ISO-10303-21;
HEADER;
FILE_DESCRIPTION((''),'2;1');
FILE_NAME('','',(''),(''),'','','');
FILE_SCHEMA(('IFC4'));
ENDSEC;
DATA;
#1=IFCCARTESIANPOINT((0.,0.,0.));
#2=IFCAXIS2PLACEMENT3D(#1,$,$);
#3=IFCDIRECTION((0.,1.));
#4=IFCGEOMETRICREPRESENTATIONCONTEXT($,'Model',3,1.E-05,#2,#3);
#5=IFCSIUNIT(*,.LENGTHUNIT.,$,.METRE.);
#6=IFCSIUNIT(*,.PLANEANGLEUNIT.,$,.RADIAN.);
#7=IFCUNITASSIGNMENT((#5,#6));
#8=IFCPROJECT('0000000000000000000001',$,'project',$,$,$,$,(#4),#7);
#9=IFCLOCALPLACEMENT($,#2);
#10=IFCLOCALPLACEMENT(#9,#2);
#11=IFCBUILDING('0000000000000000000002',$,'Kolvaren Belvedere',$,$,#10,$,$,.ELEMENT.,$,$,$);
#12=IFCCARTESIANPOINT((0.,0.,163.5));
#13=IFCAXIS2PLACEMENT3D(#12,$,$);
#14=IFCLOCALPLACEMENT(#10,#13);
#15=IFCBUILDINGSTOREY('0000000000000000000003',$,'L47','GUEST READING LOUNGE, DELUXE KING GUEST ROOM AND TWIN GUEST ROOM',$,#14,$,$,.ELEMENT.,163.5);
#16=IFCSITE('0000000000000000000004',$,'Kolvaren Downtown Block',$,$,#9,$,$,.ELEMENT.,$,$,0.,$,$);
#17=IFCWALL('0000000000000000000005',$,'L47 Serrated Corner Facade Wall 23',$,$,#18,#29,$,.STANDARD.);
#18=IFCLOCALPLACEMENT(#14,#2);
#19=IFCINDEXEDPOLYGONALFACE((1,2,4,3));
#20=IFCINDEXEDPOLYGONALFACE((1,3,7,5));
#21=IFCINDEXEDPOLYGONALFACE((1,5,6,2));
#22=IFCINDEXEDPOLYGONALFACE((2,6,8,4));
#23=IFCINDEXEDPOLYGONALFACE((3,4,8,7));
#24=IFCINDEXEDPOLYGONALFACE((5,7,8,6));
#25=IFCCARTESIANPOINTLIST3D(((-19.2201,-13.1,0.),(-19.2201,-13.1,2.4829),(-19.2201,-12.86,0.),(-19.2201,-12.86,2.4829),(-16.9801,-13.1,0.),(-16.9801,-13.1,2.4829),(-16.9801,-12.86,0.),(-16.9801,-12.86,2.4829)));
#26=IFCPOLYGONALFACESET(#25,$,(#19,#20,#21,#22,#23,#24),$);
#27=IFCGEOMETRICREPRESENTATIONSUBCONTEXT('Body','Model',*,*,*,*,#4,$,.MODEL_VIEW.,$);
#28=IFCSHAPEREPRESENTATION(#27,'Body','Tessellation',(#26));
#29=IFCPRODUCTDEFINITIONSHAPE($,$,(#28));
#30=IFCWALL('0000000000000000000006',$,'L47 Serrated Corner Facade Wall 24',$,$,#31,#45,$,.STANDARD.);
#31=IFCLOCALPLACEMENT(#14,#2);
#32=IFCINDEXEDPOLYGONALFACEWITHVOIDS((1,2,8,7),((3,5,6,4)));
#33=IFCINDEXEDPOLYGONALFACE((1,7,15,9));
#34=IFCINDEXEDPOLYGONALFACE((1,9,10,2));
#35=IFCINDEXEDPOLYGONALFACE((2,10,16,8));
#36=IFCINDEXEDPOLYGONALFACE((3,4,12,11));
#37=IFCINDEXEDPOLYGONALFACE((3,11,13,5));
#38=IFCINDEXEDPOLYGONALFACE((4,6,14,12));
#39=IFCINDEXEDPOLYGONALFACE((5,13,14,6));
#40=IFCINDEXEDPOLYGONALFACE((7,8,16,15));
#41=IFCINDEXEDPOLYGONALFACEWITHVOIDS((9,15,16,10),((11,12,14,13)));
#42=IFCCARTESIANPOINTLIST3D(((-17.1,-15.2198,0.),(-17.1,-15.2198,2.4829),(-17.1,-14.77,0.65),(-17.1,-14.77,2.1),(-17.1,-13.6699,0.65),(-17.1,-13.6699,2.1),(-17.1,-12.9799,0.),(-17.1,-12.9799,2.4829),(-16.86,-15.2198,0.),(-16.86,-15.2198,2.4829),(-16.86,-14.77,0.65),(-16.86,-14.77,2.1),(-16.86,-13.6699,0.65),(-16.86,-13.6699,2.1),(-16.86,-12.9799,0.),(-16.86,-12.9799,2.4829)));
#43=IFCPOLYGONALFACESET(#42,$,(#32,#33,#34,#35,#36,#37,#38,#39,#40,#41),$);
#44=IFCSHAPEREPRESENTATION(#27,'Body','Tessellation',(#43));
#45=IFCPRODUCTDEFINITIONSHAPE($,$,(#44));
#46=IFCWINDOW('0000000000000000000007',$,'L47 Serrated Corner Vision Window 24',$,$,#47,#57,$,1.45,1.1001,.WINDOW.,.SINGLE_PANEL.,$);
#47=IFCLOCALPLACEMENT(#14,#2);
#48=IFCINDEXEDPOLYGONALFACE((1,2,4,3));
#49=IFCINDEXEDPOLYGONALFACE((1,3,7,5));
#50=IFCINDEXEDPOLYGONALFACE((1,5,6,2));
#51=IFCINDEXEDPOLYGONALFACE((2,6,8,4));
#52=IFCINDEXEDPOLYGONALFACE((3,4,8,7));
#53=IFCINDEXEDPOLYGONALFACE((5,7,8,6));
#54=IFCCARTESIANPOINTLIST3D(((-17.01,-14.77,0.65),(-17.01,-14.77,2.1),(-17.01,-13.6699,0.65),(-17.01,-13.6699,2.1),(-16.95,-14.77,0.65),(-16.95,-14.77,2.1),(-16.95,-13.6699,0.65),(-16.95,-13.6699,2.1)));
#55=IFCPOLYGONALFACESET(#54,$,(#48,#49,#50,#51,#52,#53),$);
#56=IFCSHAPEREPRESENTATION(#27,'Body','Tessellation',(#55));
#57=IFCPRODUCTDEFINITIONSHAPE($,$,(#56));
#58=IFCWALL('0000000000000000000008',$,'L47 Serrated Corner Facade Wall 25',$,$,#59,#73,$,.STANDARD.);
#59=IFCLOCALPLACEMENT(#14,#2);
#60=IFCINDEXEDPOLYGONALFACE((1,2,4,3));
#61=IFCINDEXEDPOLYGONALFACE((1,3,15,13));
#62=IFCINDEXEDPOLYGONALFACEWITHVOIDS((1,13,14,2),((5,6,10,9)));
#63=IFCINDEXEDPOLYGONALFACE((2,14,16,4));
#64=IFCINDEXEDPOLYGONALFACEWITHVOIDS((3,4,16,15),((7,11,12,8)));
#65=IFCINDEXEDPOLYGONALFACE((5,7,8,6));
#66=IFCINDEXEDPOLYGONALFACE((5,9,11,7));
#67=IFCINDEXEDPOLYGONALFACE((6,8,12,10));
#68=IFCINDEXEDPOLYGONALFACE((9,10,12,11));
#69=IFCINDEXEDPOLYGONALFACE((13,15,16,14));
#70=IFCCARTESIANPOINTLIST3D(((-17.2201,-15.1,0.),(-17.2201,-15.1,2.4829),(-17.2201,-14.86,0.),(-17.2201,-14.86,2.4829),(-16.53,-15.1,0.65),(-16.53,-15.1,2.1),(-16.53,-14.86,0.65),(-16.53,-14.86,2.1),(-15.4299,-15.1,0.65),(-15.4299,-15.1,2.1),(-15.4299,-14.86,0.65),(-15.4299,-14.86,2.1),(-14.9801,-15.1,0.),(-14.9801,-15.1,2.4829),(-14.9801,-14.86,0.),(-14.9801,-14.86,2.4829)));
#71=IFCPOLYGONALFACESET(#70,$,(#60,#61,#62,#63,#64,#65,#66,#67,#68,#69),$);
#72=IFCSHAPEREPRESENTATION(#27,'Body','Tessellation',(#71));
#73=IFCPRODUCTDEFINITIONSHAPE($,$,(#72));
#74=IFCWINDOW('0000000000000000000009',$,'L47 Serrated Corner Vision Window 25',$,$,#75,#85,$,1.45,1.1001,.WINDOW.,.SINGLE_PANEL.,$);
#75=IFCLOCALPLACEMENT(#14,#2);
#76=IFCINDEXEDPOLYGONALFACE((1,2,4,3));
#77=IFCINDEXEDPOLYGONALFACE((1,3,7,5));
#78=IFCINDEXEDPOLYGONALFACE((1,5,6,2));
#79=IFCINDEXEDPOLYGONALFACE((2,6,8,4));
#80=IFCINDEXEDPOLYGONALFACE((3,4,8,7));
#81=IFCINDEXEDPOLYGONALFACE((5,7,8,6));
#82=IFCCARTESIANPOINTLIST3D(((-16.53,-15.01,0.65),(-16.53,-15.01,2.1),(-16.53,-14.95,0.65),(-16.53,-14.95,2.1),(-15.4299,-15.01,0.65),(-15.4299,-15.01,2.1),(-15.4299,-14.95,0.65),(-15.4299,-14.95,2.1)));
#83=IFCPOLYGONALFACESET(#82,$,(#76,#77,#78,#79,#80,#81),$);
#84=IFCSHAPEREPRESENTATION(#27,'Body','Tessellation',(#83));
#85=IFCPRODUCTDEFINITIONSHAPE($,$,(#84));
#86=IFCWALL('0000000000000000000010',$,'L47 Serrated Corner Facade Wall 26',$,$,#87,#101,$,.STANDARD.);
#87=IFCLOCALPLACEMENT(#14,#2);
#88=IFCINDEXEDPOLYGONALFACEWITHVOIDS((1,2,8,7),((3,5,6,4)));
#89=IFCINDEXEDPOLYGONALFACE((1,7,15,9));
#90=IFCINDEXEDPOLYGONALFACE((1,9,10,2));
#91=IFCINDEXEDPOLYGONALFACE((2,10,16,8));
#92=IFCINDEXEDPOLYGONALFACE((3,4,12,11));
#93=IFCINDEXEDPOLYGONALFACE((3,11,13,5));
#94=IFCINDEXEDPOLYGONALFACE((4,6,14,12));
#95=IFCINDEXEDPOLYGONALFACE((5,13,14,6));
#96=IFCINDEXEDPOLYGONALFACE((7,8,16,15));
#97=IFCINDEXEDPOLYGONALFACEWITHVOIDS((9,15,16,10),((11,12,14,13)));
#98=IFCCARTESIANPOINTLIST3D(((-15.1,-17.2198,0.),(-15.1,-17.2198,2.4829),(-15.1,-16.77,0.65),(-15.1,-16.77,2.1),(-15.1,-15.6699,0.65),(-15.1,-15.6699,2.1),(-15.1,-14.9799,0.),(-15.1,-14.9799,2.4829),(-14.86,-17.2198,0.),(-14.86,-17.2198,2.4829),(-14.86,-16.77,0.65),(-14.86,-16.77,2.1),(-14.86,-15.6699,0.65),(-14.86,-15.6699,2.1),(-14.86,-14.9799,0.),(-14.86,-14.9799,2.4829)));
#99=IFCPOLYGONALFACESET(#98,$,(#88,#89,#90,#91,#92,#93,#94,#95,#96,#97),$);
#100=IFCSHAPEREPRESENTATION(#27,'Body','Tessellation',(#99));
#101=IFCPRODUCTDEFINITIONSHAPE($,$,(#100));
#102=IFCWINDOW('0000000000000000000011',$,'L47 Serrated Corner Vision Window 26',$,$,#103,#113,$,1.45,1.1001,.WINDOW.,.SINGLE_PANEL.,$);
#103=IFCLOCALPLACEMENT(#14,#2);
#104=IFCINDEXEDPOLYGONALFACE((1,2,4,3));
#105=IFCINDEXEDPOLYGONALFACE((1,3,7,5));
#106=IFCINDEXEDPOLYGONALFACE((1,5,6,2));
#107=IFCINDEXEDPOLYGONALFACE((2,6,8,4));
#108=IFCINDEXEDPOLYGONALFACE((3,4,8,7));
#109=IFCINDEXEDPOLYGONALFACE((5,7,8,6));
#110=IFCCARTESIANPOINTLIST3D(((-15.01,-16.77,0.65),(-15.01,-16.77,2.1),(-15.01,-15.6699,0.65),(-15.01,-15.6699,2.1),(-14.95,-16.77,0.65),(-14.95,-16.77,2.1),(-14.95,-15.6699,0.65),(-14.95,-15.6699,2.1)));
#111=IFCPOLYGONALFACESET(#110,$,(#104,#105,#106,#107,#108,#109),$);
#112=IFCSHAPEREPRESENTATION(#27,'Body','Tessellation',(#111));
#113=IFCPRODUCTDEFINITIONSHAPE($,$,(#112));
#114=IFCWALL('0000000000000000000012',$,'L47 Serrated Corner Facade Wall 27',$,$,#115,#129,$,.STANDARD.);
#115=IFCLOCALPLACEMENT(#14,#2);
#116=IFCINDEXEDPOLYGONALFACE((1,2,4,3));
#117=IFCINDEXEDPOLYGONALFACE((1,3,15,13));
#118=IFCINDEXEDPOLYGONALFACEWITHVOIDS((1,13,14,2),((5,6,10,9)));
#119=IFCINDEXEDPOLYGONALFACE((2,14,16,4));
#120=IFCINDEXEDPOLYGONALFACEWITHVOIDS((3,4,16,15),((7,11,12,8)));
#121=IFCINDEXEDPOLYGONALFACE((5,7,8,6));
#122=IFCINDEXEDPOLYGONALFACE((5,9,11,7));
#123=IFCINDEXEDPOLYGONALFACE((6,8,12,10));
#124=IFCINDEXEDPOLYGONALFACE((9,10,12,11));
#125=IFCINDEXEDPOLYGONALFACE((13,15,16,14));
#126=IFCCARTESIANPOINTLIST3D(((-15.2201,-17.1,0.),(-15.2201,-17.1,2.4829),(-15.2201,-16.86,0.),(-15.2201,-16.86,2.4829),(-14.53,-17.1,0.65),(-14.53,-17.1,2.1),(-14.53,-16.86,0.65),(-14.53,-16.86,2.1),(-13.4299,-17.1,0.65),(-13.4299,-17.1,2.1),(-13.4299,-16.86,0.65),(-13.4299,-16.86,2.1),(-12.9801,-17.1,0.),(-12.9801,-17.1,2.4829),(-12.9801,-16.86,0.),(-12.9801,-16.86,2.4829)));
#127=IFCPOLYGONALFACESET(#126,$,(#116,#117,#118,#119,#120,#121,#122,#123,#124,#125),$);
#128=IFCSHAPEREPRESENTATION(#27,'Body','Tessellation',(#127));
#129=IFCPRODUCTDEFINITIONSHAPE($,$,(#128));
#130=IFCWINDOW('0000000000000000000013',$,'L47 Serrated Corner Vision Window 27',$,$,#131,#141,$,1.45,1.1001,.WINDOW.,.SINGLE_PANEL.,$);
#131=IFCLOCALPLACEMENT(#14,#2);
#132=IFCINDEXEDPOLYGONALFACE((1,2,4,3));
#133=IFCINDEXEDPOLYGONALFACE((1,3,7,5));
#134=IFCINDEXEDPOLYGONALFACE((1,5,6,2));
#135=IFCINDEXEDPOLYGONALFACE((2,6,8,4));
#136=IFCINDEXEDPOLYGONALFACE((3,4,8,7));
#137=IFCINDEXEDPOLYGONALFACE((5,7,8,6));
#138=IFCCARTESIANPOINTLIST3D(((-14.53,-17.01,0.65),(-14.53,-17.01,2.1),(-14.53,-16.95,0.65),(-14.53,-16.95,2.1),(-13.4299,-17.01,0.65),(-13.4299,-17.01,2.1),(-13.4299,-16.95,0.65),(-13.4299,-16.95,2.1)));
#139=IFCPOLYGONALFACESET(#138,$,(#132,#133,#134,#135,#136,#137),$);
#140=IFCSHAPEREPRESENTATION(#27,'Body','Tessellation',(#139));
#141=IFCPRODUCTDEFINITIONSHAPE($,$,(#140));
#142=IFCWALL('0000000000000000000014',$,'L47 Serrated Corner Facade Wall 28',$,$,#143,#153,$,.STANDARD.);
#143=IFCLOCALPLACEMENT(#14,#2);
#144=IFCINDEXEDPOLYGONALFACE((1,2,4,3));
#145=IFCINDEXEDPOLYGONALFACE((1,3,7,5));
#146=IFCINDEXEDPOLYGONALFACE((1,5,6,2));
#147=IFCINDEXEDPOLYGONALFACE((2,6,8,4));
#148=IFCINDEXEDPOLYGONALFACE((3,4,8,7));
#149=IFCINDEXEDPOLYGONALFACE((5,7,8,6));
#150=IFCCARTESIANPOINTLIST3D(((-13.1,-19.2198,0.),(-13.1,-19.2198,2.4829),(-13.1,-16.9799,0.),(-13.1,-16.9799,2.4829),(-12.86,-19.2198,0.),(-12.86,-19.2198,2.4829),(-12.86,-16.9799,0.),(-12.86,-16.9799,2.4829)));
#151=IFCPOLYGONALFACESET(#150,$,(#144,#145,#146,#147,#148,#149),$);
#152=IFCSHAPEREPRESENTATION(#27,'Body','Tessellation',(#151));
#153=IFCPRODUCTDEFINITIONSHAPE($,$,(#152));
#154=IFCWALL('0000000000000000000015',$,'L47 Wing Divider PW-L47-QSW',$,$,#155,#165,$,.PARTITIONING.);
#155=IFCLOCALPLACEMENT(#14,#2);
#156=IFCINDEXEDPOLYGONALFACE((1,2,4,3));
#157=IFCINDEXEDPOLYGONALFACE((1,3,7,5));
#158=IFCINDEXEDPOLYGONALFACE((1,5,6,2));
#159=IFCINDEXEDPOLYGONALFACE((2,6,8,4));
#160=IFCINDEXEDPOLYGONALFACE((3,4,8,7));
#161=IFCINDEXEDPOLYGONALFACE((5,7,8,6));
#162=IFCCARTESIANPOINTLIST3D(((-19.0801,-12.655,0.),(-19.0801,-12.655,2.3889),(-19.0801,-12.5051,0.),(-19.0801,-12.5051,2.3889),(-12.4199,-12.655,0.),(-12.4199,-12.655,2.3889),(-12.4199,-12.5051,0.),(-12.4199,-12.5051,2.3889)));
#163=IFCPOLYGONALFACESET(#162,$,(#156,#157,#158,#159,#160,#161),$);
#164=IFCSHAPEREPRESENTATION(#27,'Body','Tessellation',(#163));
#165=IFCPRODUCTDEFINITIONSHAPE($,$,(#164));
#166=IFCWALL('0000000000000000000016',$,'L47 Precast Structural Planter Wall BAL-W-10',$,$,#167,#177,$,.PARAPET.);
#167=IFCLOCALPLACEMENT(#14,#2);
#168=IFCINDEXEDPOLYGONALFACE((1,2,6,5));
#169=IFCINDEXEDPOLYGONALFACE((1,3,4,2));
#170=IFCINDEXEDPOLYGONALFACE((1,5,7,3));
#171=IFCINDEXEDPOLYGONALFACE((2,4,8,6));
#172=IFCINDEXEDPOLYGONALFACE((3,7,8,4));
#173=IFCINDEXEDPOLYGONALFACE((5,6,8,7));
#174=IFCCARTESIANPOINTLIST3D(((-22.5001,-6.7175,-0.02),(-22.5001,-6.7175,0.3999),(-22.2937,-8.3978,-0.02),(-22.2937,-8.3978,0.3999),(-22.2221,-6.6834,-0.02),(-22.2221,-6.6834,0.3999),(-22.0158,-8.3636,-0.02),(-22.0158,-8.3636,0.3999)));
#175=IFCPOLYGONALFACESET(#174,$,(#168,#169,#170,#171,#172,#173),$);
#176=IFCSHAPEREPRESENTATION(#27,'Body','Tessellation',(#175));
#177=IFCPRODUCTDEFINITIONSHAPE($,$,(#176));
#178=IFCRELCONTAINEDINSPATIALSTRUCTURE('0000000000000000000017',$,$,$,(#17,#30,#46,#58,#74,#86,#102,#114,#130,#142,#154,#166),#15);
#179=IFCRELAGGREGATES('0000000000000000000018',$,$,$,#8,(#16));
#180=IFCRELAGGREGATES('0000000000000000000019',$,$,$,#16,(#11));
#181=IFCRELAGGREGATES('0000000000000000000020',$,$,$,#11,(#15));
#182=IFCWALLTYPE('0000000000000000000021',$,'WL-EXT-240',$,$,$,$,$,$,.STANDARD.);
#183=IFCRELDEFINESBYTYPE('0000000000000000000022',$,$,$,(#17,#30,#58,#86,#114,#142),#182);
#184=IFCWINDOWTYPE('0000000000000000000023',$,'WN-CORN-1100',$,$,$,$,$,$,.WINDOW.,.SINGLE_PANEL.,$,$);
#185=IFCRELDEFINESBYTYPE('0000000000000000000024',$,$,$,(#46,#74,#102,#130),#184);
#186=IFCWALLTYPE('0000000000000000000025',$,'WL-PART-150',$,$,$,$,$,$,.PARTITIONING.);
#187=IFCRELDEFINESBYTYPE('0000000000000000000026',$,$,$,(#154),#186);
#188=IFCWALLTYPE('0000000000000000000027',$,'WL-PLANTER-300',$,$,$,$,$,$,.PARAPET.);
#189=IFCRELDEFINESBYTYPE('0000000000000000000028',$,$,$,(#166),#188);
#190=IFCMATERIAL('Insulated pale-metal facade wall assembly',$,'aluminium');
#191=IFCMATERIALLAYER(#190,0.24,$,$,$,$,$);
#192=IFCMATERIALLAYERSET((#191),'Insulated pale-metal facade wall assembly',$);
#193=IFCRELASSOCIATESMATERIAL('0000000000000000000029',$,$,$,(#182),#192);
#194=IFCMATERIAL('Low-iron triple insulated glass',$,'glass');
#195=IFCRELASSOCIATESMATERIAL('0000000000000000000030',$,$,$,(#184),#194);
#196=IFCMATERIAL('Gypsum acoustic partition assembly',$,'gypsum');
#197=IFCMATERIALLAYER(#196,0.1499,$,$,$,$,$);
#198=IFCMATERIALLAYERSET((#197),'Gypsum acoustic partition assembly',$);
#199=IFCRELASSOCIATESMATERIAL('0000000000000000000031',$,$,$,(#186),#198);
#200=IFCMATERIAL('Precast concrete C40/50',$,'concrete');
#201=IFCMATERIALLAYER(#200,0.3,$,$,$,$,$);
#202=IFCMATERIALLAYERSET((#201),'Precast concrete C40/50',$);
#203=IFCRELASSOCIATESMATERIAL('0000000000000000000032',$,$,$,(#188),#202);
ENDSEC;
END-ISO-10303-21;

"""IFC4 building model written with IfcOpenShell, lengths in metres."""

from ifc_helpers import new_model, si_unit, direction, frame, frame_2d, origin, place, context, subcontext, project, spatial, rectangle, extrude, material, layer, layer_set, type_object, element, fill, save


model = new_model("IFC4")

# Units and contexts
model_context = context("Model", 3, precision=1e-05, world=origin(), true_north=direction((0.0, 1.0)))
body_context = subcontext(model_context, "Body", "Model", "MODEL_VIEW")
ifc_project = project(units=[si_unit("LENGTHUNIT", "METRE"), si_unit("PLANEANGLEUNIT", "RADIAN")], contexts=[model_context])

# Site, building, storey
site_placement = place(None, origin())
site = spatial("IfcSite", under=ifc_project, at=site_placement, Name="Kolvaren Downtown Block", CompositionType="ELEMENT", RefElevation=0.0)
building_placement = place(site_placement, origin())
building = spatial("IfcBuilding", under=site, at=building_placement, Name="Kolvaren Belvedere", CompositionType="ELEMENT")
storey_placement = place(building_placement, frame((0.0, 0.0, 163.5)))
storey = spatial("IfcBuildingStorey", under=building, at=storey_placement, Name="L47", Description="GUEST READING LOUNGE, DELUXE KING GUEST ROOM AND TWIN GUEST ROOM", CompositionType="ELEMENT", Elevation=163.5)

# Wall
ifc_material_1 = material(Name="Insulated pale-metal facade wall assembly", Category="aluminium")
ifc_layer_1 = layer(ifc_material_1, 0.24)
ifc_layer_set_1 = layer_set([ifc_layer_1], Name="Insulated pale-metal facade wall assembly")
wall_type_1 = type_object("IfcWallType", Name="WL-EXT-240", PredefinedType="STANDARD", material=ifc_layer_set_1)
wall_1_placement = place(storey_placement, frame((-16.98, -12.98, 0.0), z_axis=(0.0, 0.0, 1.0), x_axis=(-1.0, 0.0, 0.0)))
element("IfcWall", 1, at=wall_1_placement, inside=storey, type_object=wall_type_1, Name="L47 Serrated Corner Facade Wall 23", PredefinedType="STANDARD", context=body_context, shape_type="SweptSolid", body=[
    extrude(rectangle(XDim=2.24, YDim=0.24, at=frame_2d((1.1201, 0.0))), origin(), (0.0, 0.0, 1.0), 2.4829),
])

# Walls, openings, windows
wall_2_placement = place(storey_placement, frame((-16.98, -15.22, 0.0), z_axis=(0.0, 0.0, 1.0), x_axis=(0.0, 1.0, 0.0)))
wall_2 = element("IfcWall", 2, at=wall_2_placement, inside=storey, type_object=wall_type_1, Name="L47 Serrated Corner Facade Wall 24", PredefinedType="STANDARD", context=body_context, shape_type="SweptSolid", body=[
    extrude(rectangle(XDim=2.24, YDim=0.24, at=frame_2d((1.1201, 0.0))), origin(), (0.0, 0.0, 1.0), 2.4829),
])
opening_1_placement = place(wall_2_placement, frame((0.45, 0.0, 0.6499)))
opening_1 = element("IfcOpeningElement", 3, at=opening_1_placement, cuts=wall_2, PredefinedType="OPENING", context=body_context, shape_type="SweptSolid", body=[
    extrude(rectangle(XDim=1.1001, YDim=1.45, at=frame_2d((0.55, 0.7251))), frame((0.0, 0.1299, 0.0), z_axis=(0.0, -1.0, 0.0), x_axis=(1.0, 0.0, 0.0)), (0.0, 0.0, 1.0), 0.26),
])
ifc_material_2 = material(Name="Low-iron triple insulated glass", Category="glass")
window_type = type_object("IfcWindowType", Name="WN-CORN-1100", PartitioningType="SINGLE_PANEL", PredefinedType="WINDOW", material=ifc_material_2)
window_1_placement = place(opening_1_placement, origin())
window_1 = element("IfcWindow", 4, at=window_1_placement, inside=storey, type_object=window_type, Name="L47 Serrated Corner Vision Window 24", OverallHeight=1.45, OverallWidth=1.1001, PartitioningType="SINGLE_PANEL", PredefinedType="WINDOW", context=body_context, shape_type="SweptSolid", body=[
    extrude(rectangle(XDim=1.1001, YDim=1.45, at=frame_2d((0.55, 0.7251))), frame((0.0, 0.03, 0.0), z_axis=(0.0, -1.0, 0.0), x_axis=(1.0, 0.0, 0.0)), (0.0, 0.0, 1.0), 0.0601),
])
fill(opening_1, window_1)
wall_3_placement = place(storey_placement, frame((-14.98, -14.98, 0.0), z_axis=(0.0, 0.0, 1.0), x_axis=(-1.0, 0.0, 0.0)))
wall_3 = element("IfcWall", 5, at=wall_3_placement, inside=storey, type_object=wall_type_1, Name="L47 Serrated Corner Facade Wall 25", PredefinedType="STANDARD", context=body_context, shape_type="SweptSolid", body=[
    extrude(rectangle(XDim=2.24, YDim=0.24, at=frame_2d((1.1201, 0.0))), origin(), (0.0, 0.0, 1.0), 2.4829),
])
opening_2_placement = place(wall_3_placement, frame((0.45, 0.0, 0.6499)))
opening_2 = element("IfcOpeningElement", 6, at=opening_2_placement, cuts=wall_3, PredefinedType="OPENING", context=body_context, shape_type="SweptSolid", body=[
    extrude(rectangle(XDim=1.1001, YDim=1.45, at=frame_2d((0.55, 0.7251))), frame((0.0, 0.1299, 0.0), z_axis=(0.0, -1.0, 0.0), x_axis=(1.0, 0.0, 0.0)), (0.0, 0.0, 1.0), 0.26),
])
window_2_placement = place(opening_2_placement, origin())
window_2 = element("IfcWindow", 7, at=window_2_placement, inside=storey, type_object=window_type, Name="L47 Serrated Corner Vision Window 25", OverallHeight=1.45, OverallWidth=1.1001, PartitioningType="SINGLE_PANEL", PredefinedType="WINDOW", context=body_context, shape_type="SweptSolid", body=[
    extrude(rectangle(XDim=1.1001, YDim=1.45, at=frame_2d((0.55, 0.7251))), frame((0.0, 0.03, 0.0), z_axis=(0.0, -1.0, 0.0), x_axis=(1.0, 0.0, 0.0)), (0.0, 0.0, 1.0), 0.0601),
])
fill(opening_2, window_2)
wall_4_placement = place(storey_placement, frame((-14.98, -17.22, 0.0), z_axis=(0.0, 0.0, 1.0), x_axis=(0.0, 1.0, 0.0)))
wall_4 = element("IfcWall", 8, at=wall_4_placement, inside=storey, type_object=wall_type_1, Name="L47 Serrated Corner Facade Wall 26", PredefinedType="STANDARD", context=body_context, shape_type="SweptSolid", body=[
    extrude(rectangle(XDim=2.24, YDim=0.24, at=frame_2d((1.1201, 0.0))), origin(), (0.0, 0.0, 1.0), 2.4829),
])
opening_3_placement = place(wall_4_placement, frame((0.45, 0.0, 0.6499)))
opening_3 = element("IfcOpeningElement", 9, at=opening_3_placement, cuts=wall_4, PredefinedType="OPENING", context=body_context, shape_type="SweptSolid", body=[
    extrude(rectangle(XDim=1.1001, YDim=1.45, at=frame_2d((0.55, 0.7251))), frame((0.0, 0.1299, 0.0), z_axis=(0.0, -1.0, 0.0), x_axis=(1.0, 0.0, 0.0)), (0.0, 0.0, 1.0), 0.26),
])
window_3_placement = place(opening_3_placement, origin())
window_3 = element("IfcWindow", 10, at=window_3_placement, inside=storey, type_object=window_type, Name="L47 Serrated Corner Vision Window 26", OverallHeight=1.45, OverallWidth=1.1001, PartitioningType="SINGLE_PANEL", PredefinedType="WINDOW", context=body_context, shape_type="SweptSolid", body=[
    extrude(rectangle(XDim=1.1001, YDim=1.45, at=frame_2d((0.55, 0.7251))), frame((0.0, 0.03, 0.0), z_axis=(0.0, -1.0, 0.0), x_axis=(1.0, 0.0, 0.0)), (0.0, 0.0, 1.0), 0.0601),
])
fill(opening_3, window_3)
wall_5_placement = place(storey_placement, frame((-12.98, -16.98, 0.0), z_axis=(0.0, 0.0, 1.0), x_axis=(-1.0, 0.0, 0.0)))
wall_5 = element("IfcWall", 11, at=wall_5_placement, inside=storey, type_object=wall_type_1, Name="L47 Serrated Corner Facade Wall 27", PredefinedType="STANDARD", context=body_context, shape_type="SweptSolid", body=[
    extrude(rectangle(XDim=2.24, YDim=0.24, at=frame_2d((1.1201, 0.0))), origin(), (0.0, 0.0, 1.0), 2.4829),
])
opening_4_placement = place(wall_5_placement, frame((0.45, 0.0, 0.6499)))
opening_4 = element("IfcOpeningElement", 12, at=opening_4_placement, cuts=wall_5, PredefinedType="OPENING", context=body_context, shape_type="SweptSolid", body=[
    extrude(rectangle(XDim=1.1001, YDim=1.45, at=frame_2d((0.55, 0.7251))), frame((0.0, 0.1299, 0.0), z_axis=(0.0, -1.0, 0.0), x_axis=(1.0, 0.0, 0.0)), (0.0, 0.0, 1.0), 0.26),
])
window_4_placement = place(opening_4_placement, origin())
window_4 = element("IfcWindow", 13, at=window_4_placement, inside=storey, type_object=window_type, Name="L47 Serrated Corner Vision Window 27", OverallHeight=1.45, OverallWidth=1.1001, PartitioningType="SINGLE_PANEL", PredefinedType="WINDOW", context=body_context, shape_type="SweptSolid", body=[
    extrude(rectangle(XDim=1.1001, YDim=1.45, at=frame_2d((0.55, 0.7251))), frame((0.0, 0.03, 0.0), z_axis=(0.0, -1.0, 0.0), x_axis=(1.0, 0.0, 0.0)), (0.0, 0.0, 1.0), 0.0601),
])
fill(opening_4, window_4)

# Walls
wall_6_placement = place(storey_placement, frame((-12.98, -19.22, 0.0), z_axis=(0.0, 0.0, 1.0), x_axis=(0.0, 1.0, 0.0)))
element("IfcWall", 14, at=wall_6_placement, inside=storey, type_object=wall_type_1, Name="L47 Serrated Corner Facade Wall 28", PredefinedType="STANDARD", context=body_context, shape_type="SweptSolid", body=[
    extrude(rectangle(XDim=2.24, YDim=0.24, at=frame_2d((1.1201, 0.0))), origin(), (0.0, 0.0, 1.0), 2.4829),
])
ifc_material_3 = material(Name="Gypsum acoustic partition assembly", Category="gypsum")
ifc_layer_2 = layer(ifc_material_3, 0.1499)
ifc_layer_set_2 = layer_set([ifc_layer_2], Name="Gypsum acoustic partition assembly")
wall_type_2 = type_object("IfcWallType", Name="WL-PART-150", PredefinedType="PARTITIONING", material=ifc_layer_set_2)
wall_7_placement = place(storey_placement, frame((-19.0801, -12.5801, 0.0), z_axis=(0.0, 0.0, 1.0), x_axis=(1.0, 0.0, 0.0)))
element("IfcWall", 15, at=wall_7_placement, inside=storey, type_object=wall_type_2, Name="L47 Wing Divider PW-L47-QSW", PredefinedType="PARTITIONING", context=body_context, shape_type="SweptSolid", body=[
    extrude(rectangle(XDim=6.6602, YDim=0.1499, at=frame_2d((3.3301, 0.0))), origin(), (0.0, 0.0, 1.0), 2.3889),
])
ifc_material_4 = material(Name="Precast concrete C40/50", Category="concrete")
ifc_layer_3 = layer(ifc_material_4, 0.3)
ifc_layer_set_3 = layer_set([ifc_layer_3], Name="Precast concrete C40/50")
wall_type_3 = type_object("IfcWallType", Name="WL-PLANTER-300", PredefinedType="PARAPET", material=ifc_layer_set_3)
wall_8_placement = place(storey_placement, frame((-22.3611, -6.7004, -0.02), z_axis=(0.0, 0.0, 1.0), x_axis=(0.121869, -0.992546, 0.0)))
element("IfcWall", 16, at=wall_8_placement, inside=storey, type_object=wall_type_3, Name="L47 Precast Structural Planter Wall BAL-W-10", PredefinedType="PARAPET", context=body_context, shape_type="SweptSolid", body=[
    extrude(rectangle(XDim=1.6929, YDim=0.28, at=frame_2d((0.8464, 0.0))), origin(), (0.0, 0.0, 1.0), 0.4199),
])

save(model, "model.ifc")
